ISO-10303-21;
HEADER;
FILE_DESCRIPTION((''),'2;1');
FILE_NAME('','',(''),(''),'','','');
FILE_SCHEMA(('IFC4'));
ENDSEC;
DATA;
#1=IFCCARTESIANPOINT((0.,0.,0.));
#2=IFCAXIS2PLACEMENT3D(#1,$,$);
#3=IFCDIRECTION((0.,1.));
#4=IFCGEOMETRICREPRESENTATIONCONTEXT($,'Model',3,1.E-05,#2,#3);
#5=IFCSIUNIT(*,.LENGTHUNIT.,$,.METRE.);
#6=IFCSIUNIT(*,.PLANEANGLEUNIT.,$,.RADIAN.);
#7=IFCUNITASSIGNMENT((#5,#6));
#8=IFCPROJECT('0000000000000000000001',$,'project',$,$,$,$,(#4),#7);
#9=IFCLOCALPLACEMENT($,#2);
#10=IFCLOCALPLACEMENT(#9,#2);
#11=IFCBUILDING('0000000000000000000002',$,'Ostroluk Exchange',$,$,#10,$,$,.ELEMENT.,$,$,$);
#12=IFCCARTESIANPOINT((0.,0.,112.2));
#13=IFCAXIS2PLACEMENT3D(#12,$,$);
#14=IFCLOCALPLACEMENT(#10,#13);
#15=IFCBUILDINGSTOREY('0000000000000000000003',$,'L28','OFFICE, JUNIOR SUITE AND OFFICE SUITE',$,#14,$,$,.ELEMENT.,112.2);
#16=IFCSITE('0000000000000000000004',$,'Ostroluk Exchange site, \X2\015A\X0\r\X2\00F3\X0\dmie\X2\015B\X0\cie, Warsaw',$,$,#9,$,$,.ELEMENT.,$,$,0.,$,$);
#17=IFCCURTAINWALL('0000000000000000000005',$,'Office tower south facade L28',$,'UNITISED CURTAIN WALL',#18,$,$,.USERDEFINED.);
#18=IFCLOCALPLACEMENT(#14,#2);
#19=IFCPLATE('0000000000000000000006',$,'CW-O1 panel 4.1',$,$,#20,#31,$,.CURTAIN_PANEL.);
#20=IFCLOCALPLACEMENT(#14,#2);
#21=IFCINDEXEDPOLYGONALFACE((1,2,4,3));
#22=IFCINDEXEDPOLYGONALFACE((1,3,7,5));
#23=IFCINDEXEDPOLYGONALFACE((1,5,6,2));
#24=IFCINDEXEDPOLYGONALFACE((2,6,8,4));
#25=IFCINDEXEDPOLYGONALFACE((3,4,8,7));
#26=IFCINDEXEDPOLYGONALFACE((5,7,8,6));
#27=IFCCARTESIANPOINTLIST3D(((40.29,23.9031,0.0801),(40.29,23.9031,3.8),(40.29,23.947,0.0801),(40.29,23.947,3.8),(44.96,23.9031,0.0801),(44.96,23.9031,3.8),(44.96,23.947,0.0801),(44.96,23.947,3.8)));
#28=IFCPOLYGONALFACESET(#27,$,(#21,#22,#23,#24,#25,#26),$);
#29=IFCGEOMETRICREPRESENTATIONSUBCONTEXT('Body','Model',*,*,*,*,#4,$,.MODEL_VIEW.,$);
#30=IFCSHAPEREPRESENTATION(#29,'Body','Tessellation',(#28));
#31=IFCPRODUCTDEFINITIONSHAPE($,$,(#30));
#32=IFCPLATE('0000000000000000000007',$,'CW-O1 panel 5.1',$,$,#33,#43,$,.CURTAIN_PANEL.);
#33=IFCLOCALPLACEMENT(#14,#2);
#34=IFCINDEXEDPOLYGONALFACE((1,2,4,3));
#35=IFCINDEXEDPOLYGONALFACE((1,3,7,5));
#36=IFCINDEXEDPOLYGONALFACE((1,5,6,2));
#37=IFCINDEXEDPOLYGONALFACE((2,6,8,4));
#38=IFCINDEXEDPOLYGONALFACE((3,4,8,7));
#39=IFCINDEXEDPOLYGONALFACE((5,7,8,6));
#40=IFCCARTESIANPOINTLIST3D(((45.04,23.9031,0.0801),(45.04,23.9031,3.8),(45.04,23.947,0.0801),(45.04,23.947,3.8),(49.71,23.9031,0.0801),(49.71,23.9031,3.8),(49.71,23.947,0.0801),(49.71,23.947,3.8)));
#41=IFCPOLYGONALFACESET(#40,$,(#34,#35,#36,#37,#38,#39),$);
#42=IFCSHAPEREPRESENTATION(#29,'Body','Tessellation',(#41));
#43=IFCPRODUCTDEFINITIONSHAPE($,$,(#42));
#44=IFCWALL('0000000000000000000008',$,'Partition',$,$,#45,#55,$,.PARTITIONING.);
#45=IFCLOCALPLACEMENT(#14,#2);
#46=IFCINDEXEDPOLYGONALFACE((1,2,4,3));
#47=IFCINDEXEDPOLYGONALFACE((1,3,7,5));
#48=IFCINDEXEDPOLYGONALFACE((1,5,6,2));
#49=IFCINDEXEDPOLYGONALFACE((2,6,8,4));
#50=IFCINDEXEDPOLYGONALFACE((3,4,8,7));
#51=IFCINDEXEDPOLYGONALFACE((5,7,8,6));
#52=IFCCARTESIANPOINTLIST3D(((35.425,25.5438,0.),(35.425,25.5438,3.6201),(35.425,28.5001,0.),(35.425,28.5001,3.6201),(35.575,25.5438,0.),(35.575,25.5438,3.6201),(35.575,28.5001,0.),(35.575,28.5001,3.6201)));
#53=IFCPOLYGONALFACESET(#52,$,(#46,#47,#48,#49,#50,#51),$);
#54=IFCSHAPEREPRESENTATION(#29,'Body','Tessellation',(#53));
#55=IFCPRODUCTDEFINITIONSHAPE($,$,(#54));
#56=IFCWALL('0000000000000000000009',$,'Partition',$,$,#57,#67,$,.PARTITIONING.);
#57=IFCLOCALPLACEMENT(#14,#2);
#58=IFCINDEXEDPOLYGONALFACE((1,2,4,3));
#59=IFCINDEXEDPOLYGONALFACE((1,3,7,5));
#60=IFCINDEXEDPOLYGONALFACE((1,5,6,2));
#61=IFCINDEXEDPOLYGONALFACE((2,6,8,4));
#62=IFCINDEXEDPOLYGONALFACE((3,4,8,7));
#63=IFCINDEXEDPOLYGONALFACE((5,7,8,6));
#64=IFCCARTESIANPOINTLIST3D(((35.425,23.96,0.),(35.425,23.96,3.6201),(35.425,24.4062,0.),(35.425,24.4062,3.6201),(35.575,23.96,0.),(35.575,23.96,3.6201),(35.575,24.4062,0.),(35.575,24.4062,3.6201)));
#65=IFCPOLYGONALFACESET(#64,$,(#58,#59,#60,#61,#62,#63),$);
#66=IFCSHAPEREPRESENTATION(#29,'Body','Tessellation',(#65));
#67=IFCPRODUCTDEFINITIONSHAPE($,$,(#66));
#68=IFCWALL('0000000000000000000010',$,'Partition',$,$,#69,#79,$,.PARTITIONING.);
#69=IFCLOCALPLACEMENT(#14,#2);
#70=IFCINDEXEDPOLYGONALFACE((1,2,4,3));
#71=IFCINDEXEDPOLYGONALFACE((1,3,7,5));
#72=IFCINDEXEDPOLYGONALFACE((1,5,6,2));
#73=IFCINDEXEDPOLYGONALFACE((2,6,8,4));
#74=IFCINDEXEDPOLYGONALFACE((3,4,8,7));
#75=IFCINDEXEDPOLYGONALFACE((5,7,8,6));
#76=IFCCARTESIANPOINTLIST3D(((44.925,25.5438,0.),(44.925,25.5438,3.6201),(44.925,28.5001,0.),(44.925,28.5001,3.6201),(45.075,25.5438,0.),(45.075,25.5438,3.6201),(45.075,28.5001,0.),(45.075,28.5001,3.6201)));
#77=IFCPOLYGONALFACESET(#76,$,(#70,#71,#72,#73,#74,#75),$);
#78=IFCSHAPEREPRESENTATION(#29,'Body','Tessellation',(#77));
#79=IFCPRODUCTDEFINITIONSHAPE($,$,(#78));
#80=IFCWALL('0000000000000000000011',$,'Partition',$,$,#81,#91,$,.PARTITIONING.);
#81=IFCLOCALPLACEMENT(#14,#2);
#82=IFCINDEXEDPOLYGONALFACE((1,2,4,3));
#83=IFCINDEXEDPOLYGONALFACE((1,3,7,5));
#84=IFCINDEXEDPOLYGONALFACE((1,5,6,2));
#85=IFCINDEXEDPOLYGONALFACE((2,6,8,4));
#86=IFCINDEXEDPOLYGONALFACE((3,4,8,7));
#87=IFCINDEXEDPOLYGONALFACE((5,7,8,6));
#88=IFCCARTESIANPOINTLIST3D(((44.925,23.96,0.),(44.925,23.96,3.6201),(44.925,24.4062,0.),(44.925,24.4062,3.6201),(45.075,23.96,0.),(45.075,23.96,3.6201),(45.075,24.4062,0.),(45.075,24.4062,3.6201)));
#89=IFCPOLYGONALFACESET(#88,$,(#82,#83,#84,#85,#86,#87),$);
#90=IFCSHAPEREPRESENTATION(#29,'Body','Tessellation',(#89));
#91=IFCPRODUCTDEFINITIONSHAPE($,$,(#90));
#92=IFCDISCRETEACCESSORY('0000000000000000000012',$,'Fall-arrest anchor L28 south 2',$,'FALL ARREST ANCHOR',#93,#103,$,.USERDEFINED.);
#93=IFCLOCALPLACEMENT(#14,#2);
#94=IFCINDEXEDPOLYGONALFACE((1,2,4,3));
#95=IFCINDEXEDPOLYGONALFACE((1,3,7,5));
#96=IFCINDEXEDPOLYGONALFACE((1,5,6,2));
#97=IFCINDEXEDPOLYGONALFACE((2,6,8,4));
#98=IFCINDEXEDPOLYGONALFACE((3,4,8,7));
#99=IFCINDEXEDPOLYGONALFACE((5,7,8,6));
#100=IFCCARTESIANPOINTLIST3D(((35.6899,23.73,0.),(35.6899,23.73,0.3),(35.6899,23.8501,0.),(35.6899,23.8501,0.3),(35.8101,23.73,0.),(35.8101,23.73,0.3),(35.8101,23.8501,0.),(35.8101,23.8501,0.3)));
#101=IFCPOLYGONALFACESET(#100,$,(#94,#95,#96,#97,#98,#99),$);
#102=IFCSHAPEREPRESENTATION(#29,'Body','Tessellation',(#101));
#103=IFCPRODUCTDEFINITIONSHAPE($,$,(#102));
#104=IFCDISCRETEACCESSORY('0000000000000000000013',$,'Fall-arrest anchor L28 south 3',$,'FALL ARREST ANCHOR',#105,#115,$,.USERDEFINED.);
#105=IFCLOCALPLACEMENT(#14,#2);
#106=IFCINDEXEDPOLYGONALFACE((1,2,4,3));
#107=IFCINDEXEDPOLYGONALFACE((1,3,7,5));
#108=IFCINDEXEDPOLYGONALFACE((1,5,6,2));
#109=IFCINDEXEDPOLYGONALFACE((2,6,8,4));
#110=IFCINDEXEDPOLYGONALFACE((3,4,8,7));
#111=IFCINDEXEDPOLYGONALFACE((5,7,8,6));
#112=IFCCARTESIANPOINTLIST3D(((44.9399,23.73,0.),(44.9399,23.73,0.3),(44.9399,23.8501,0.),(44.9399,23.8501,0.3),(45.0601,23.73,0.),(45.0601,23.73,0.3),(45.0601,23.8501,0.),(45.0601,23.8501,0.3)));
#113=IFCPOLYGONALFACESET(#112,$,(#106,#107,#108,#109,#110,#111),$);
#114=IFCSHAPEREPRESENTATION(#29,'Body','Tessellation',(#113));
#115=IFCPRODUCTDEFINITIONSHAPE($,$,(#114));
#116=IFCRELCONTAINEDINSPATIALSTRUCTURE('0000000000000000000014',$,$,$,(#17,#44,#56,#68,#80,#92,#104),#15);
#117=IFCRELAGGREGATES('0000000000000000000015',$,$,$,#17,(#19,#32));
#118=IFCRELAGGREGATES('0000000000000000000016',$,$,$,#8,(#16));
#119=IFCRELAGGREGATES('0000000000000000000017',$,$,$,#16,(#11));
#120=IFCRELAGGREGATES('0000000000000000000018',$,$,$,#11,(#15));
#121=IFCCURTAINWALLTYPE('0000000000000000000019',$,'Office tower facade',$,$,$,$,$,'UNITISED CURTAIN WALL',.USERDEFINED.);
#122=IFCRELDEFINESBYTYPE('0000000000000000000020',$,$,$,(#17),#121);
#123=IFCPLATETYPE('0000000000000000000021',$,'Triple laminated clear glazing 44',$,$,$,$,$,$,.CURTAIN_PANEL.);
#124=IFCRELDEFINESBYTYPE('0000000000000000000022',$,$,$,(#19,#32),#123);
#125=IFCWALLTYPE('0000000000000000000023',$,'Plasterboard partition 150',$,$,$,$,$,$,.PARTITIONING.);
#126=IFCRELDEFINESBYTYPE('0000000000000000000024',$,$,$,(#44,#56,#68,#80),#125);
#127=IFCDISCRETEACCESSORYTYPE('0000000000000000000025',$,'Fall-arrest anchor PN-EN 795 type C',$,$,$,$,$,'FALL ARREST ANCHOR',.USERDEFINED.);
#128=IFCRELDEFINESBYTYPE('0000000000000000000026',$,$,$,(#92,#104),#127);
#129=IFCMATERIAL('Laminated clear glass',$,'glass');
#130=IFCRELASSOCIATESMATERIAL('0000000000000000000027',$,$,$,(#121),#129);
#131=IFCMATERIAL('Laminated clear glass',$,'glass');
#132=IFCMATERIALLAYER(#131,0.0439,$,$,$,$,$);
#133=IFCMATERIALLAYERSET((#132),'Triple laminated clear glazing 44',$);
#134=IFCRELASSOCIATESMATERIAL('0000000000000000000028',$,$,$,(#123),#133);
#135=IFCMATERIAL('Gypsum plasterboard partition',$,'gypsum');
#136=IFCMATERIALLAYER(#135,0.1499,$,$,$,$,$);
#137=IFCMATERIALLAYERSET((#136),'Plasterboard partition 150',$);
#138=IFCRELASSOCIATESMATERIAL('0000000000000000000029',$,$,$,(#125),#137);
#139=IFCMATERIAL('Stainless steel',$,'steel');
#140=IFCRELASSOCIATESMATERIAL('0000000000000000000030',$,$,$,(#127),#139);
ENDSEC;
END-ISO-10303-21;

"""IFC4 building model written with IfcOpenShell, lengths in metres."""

from ifc_helpers import new_model, si_unit, direction, frame, frame_2d, origin, origin_2d, place, context, subcontext, project, spatial, rectangle, extrude, material, layer, layer_set, type_object, element, aggregate, save


model = new_model("IFC4")

# Units and contexts
model_context = context("Model", 3, precision=1e-05, world=origin(), true_north=direction((0.0, 1.0)))
body_context = subcontext(model_context, "Body", "Model", "MODEL_VIEW")
ifc_project = project(units=[si_unit("LENGTHUNIT", "METRE"), si_unit("PLANEANGLEUNIT", "RADIAN")], contexts=[model_context])

# Site, building, storey
site_placement = place(None, origin())
site = spatial("IfcSite", under=ifc_project, at=site_placement, Name="Ostroluk Exchange site, Śródmieście, Warsaw", CompositionType="ELEMENT", RefElevation=0.0)
building_placement = place(site_placement, origin())
building = spatial("IfcBuilding", under=site, at=building_placement, Name="Ostroluk Exchange", CompositionType="ELEMENT")
storey_placement = place(building_placement, frame((0.0, 0.0, 112.2)))
storey = spatial("IfcBuildingStorey", under=building, at=storey_placement, Name="L28", Description="OFFICE, JUNIOR SUITE AND OFFICE SUITE", CompositionType="ELEMENT", Elevation=112.2)

# Curtain wall, plates
ifc_material_1 = material(Name="Laminated clear glass", Category="glass")
curtain_wall_type = type_object("IfcCurtainWallType", Name="Office tower facade", ElementType="UNITISED CURTAIN WALL", PredefinedType="USERDEFINED", material=ifc_material_1)
curtain_wall_placement = place(storey_placement, origin())
curtain_wall = element("IfcCurtainWall", 1, at=curtain_wall_placement, inside=storey, type_object=curtain_wall_type, Name="Office tower south facade L28", ObjectType="UNITISED CURTAIN WALL", PredefinedType="USERDEFINED")
ifc_material_2 = material(Name="Laminated clear glass", Category="glass")
ifc_layer_1 = layer(ifc_material_2, 0.0439)
ifc_layer_set_1 = layer_set([ifc_layer_1], Name="Triple laminated clear glazing 44")
plate_type = type_object("IfcPlateType", Name="Triple laminated clear glazing 44", PredefinedType="CURTAIN_PANEL", material=ifc_layer_set_1)
plate_1_placement = place(storey_placement, frame((42.625, 23.925, 0.0801), z_axis=(0.0, 0.0, 1.0), x_axis=(1.0, 0.0, 0.0)))
plate_1 = element("IfcPlate", 2, at=plate_1_placement, type_object=plate_type, Name="CW-O1 panel 4.1", PredefinedType="CURTAIN_PANEL", context=body_context, shape_type="SweptSolid", body=[
    extrude(rectangle(XDim=4.6699, YDim=0.0439, at=origin_2d()), origin(), (0.0, 0.0, 1.0), 3.72),
])
plate_2_placement = place(storey_placement, frame((47.375, 23.925, 0.0801), z_axis=(0.0, 0.0, 1.0), x_axis=(1.0, 0.0, 0.0)))
plate_2 = element("IfcPlate", 3, at=plate_2_placement, type_object=plate_type, Name="CW-O1 panel 5.1", PredefinedType="CURTAIN_PANEL", context=body_context, shape_type="SweptSolid", body=[
    extrude(rectangle(XDim=4.6699, YDim=0.0439, at=origin_2d()), origin(), (0.0, 0.0, 1.0), 3.72),
])
aggregate(curtain_wall, [plate_1, plate_2])

# Walls
ifc_material_3 = material(Name="Gypsum plasterboard partition", Category="gypsum")
ifc_layer_2 = layer(ifc_material_3, 0.1499)
ifc_layer_set_2 = layer_set([ifc_layer_2], Name="Plasterboard partition 150")
wall_type = type_object("IfcWallType", Name="Plasterboard partition 150", PredefinedType="PARTITIONING", material=ifc_layer_set_2)
wall_1_placement = place(storey_placement, frame((35.5, 28.5, 0.0), z_axis=(0.0, 0.0, 1.0), x_axis=(0.0, -1.0, 0.0)))
element("IfcWall", 4, at=wall_1_placement, inside=storey, type_object=wall_type, Name="Partition", PredefinedType="PARTITIONING", context=body_context, shape_type="SweptSolid", body=[
    extrude(rectangle(XDim=2.9563, YDim=0.1499, at=frame_2d((1.478, 0.0))), origin(), (0.0, 0.0, 1.0), 3.6201),
])
wall_2_placement = place(storey_placement, frame((35.5, 24.4062, 0.0), z_axis=(0.0, 0.0, 1.0), x_axis=(0.0, -1.0, 0.0)))
element("IfcWall", 5, at=wall_2_placement, inside=storey, type_object=wall_type, Name="Partition", PredefinedType="PARTITIONING", context=body_context, shape_type="SweptSolid", body=[
    extrude(rectangle(XDim=0.4463, YDim=0.1499, at=frame_2d((0.2231, 0.0))), origin(), (0.0, 0.0, 1.0), 3.6201),
])
wall_3_placement = place(storey_placement, frame((45.0, 28.5, 0.0), z_axis=(0.0, 0.0, 1.0), x_axis=(0.0, -1.0, 0.0)))
element("IfcWall", 6, at=wall_3_placement, inside=storey, type_object=wall_type, Name="Partition", PredefinedType="PARTITIONING", context=body_context, shape_type="SweptSolid", body=[
    extrude(rectangle(XDim=2.9563, YDim=0.1499, at=frame_2d((1.478, 0.0))), origin(), (0.0, 0.0, 1.0), 3.6201),
])
wall_4_placement = place(storey_placement, frame((45.0, 24.4062, 0.0), z_axis=(0.0, 0.0, 1.0), x_axis=(0.0, -1.0, 0.0)))
element("IfcWall", 7, at=wall_4_placement, inside=storey, type_object=wall_type, Name="Partition", PredefinedType="PARTITIONING", context=body_context, shape_type="SweptSolid", body=[
    extrude(rectangle(XDim=0.4463, YDim=0.1499, at=frame_2d((0.2231, 0.0))), origin(), (0.0, 0.0, 1.0), 3.6201),
])

# Discrete accessories
ifc_material_4 = material(Name="Stainless steel", Category="steel")
discrete_accessory_type = type_object("IfcDiscreteAccessoryType", Name="Fall-arrest anchor PN-EN 795 type C", ElementType="FALL ARREST ANCHOR", PredefinedType="USERDEFINED", material=ifc_material_4)
for number, where, z_axis, x_axis, name in (
    (8, (35.75, 23.79, 0.0), (0.0, 0.0, 1.0), (1.0, 0.0, 0.0), "Fall-arrest anchor L28 south 2"),
    (9, (45.0, 23.79, 0.0), (0.0, 0.0, 1.0), (1.0, 0.0, 0.0), "Fall-arrest anchor L28 south 3"),
):
    element("IfcDiscreteAccessory", number, at=place(storey_placement, frame(where, z_axis=z_axis, x_axis=x_axis)), inside=storey, type_object=discrete_accessory_type, Name=name, ObjectType="FALL ARREST ANCHOR", PredefinedType="USERDEFINED", context=body_context, shape_type="SweptSolid", body=[
        extrude(rectangle(XDim=0.1201, YDim=0.1201, at=origin_2d()), origin(), (0.0, 0.0, 1.0), 0.3),
    ])

save(model, "model.ifc")
